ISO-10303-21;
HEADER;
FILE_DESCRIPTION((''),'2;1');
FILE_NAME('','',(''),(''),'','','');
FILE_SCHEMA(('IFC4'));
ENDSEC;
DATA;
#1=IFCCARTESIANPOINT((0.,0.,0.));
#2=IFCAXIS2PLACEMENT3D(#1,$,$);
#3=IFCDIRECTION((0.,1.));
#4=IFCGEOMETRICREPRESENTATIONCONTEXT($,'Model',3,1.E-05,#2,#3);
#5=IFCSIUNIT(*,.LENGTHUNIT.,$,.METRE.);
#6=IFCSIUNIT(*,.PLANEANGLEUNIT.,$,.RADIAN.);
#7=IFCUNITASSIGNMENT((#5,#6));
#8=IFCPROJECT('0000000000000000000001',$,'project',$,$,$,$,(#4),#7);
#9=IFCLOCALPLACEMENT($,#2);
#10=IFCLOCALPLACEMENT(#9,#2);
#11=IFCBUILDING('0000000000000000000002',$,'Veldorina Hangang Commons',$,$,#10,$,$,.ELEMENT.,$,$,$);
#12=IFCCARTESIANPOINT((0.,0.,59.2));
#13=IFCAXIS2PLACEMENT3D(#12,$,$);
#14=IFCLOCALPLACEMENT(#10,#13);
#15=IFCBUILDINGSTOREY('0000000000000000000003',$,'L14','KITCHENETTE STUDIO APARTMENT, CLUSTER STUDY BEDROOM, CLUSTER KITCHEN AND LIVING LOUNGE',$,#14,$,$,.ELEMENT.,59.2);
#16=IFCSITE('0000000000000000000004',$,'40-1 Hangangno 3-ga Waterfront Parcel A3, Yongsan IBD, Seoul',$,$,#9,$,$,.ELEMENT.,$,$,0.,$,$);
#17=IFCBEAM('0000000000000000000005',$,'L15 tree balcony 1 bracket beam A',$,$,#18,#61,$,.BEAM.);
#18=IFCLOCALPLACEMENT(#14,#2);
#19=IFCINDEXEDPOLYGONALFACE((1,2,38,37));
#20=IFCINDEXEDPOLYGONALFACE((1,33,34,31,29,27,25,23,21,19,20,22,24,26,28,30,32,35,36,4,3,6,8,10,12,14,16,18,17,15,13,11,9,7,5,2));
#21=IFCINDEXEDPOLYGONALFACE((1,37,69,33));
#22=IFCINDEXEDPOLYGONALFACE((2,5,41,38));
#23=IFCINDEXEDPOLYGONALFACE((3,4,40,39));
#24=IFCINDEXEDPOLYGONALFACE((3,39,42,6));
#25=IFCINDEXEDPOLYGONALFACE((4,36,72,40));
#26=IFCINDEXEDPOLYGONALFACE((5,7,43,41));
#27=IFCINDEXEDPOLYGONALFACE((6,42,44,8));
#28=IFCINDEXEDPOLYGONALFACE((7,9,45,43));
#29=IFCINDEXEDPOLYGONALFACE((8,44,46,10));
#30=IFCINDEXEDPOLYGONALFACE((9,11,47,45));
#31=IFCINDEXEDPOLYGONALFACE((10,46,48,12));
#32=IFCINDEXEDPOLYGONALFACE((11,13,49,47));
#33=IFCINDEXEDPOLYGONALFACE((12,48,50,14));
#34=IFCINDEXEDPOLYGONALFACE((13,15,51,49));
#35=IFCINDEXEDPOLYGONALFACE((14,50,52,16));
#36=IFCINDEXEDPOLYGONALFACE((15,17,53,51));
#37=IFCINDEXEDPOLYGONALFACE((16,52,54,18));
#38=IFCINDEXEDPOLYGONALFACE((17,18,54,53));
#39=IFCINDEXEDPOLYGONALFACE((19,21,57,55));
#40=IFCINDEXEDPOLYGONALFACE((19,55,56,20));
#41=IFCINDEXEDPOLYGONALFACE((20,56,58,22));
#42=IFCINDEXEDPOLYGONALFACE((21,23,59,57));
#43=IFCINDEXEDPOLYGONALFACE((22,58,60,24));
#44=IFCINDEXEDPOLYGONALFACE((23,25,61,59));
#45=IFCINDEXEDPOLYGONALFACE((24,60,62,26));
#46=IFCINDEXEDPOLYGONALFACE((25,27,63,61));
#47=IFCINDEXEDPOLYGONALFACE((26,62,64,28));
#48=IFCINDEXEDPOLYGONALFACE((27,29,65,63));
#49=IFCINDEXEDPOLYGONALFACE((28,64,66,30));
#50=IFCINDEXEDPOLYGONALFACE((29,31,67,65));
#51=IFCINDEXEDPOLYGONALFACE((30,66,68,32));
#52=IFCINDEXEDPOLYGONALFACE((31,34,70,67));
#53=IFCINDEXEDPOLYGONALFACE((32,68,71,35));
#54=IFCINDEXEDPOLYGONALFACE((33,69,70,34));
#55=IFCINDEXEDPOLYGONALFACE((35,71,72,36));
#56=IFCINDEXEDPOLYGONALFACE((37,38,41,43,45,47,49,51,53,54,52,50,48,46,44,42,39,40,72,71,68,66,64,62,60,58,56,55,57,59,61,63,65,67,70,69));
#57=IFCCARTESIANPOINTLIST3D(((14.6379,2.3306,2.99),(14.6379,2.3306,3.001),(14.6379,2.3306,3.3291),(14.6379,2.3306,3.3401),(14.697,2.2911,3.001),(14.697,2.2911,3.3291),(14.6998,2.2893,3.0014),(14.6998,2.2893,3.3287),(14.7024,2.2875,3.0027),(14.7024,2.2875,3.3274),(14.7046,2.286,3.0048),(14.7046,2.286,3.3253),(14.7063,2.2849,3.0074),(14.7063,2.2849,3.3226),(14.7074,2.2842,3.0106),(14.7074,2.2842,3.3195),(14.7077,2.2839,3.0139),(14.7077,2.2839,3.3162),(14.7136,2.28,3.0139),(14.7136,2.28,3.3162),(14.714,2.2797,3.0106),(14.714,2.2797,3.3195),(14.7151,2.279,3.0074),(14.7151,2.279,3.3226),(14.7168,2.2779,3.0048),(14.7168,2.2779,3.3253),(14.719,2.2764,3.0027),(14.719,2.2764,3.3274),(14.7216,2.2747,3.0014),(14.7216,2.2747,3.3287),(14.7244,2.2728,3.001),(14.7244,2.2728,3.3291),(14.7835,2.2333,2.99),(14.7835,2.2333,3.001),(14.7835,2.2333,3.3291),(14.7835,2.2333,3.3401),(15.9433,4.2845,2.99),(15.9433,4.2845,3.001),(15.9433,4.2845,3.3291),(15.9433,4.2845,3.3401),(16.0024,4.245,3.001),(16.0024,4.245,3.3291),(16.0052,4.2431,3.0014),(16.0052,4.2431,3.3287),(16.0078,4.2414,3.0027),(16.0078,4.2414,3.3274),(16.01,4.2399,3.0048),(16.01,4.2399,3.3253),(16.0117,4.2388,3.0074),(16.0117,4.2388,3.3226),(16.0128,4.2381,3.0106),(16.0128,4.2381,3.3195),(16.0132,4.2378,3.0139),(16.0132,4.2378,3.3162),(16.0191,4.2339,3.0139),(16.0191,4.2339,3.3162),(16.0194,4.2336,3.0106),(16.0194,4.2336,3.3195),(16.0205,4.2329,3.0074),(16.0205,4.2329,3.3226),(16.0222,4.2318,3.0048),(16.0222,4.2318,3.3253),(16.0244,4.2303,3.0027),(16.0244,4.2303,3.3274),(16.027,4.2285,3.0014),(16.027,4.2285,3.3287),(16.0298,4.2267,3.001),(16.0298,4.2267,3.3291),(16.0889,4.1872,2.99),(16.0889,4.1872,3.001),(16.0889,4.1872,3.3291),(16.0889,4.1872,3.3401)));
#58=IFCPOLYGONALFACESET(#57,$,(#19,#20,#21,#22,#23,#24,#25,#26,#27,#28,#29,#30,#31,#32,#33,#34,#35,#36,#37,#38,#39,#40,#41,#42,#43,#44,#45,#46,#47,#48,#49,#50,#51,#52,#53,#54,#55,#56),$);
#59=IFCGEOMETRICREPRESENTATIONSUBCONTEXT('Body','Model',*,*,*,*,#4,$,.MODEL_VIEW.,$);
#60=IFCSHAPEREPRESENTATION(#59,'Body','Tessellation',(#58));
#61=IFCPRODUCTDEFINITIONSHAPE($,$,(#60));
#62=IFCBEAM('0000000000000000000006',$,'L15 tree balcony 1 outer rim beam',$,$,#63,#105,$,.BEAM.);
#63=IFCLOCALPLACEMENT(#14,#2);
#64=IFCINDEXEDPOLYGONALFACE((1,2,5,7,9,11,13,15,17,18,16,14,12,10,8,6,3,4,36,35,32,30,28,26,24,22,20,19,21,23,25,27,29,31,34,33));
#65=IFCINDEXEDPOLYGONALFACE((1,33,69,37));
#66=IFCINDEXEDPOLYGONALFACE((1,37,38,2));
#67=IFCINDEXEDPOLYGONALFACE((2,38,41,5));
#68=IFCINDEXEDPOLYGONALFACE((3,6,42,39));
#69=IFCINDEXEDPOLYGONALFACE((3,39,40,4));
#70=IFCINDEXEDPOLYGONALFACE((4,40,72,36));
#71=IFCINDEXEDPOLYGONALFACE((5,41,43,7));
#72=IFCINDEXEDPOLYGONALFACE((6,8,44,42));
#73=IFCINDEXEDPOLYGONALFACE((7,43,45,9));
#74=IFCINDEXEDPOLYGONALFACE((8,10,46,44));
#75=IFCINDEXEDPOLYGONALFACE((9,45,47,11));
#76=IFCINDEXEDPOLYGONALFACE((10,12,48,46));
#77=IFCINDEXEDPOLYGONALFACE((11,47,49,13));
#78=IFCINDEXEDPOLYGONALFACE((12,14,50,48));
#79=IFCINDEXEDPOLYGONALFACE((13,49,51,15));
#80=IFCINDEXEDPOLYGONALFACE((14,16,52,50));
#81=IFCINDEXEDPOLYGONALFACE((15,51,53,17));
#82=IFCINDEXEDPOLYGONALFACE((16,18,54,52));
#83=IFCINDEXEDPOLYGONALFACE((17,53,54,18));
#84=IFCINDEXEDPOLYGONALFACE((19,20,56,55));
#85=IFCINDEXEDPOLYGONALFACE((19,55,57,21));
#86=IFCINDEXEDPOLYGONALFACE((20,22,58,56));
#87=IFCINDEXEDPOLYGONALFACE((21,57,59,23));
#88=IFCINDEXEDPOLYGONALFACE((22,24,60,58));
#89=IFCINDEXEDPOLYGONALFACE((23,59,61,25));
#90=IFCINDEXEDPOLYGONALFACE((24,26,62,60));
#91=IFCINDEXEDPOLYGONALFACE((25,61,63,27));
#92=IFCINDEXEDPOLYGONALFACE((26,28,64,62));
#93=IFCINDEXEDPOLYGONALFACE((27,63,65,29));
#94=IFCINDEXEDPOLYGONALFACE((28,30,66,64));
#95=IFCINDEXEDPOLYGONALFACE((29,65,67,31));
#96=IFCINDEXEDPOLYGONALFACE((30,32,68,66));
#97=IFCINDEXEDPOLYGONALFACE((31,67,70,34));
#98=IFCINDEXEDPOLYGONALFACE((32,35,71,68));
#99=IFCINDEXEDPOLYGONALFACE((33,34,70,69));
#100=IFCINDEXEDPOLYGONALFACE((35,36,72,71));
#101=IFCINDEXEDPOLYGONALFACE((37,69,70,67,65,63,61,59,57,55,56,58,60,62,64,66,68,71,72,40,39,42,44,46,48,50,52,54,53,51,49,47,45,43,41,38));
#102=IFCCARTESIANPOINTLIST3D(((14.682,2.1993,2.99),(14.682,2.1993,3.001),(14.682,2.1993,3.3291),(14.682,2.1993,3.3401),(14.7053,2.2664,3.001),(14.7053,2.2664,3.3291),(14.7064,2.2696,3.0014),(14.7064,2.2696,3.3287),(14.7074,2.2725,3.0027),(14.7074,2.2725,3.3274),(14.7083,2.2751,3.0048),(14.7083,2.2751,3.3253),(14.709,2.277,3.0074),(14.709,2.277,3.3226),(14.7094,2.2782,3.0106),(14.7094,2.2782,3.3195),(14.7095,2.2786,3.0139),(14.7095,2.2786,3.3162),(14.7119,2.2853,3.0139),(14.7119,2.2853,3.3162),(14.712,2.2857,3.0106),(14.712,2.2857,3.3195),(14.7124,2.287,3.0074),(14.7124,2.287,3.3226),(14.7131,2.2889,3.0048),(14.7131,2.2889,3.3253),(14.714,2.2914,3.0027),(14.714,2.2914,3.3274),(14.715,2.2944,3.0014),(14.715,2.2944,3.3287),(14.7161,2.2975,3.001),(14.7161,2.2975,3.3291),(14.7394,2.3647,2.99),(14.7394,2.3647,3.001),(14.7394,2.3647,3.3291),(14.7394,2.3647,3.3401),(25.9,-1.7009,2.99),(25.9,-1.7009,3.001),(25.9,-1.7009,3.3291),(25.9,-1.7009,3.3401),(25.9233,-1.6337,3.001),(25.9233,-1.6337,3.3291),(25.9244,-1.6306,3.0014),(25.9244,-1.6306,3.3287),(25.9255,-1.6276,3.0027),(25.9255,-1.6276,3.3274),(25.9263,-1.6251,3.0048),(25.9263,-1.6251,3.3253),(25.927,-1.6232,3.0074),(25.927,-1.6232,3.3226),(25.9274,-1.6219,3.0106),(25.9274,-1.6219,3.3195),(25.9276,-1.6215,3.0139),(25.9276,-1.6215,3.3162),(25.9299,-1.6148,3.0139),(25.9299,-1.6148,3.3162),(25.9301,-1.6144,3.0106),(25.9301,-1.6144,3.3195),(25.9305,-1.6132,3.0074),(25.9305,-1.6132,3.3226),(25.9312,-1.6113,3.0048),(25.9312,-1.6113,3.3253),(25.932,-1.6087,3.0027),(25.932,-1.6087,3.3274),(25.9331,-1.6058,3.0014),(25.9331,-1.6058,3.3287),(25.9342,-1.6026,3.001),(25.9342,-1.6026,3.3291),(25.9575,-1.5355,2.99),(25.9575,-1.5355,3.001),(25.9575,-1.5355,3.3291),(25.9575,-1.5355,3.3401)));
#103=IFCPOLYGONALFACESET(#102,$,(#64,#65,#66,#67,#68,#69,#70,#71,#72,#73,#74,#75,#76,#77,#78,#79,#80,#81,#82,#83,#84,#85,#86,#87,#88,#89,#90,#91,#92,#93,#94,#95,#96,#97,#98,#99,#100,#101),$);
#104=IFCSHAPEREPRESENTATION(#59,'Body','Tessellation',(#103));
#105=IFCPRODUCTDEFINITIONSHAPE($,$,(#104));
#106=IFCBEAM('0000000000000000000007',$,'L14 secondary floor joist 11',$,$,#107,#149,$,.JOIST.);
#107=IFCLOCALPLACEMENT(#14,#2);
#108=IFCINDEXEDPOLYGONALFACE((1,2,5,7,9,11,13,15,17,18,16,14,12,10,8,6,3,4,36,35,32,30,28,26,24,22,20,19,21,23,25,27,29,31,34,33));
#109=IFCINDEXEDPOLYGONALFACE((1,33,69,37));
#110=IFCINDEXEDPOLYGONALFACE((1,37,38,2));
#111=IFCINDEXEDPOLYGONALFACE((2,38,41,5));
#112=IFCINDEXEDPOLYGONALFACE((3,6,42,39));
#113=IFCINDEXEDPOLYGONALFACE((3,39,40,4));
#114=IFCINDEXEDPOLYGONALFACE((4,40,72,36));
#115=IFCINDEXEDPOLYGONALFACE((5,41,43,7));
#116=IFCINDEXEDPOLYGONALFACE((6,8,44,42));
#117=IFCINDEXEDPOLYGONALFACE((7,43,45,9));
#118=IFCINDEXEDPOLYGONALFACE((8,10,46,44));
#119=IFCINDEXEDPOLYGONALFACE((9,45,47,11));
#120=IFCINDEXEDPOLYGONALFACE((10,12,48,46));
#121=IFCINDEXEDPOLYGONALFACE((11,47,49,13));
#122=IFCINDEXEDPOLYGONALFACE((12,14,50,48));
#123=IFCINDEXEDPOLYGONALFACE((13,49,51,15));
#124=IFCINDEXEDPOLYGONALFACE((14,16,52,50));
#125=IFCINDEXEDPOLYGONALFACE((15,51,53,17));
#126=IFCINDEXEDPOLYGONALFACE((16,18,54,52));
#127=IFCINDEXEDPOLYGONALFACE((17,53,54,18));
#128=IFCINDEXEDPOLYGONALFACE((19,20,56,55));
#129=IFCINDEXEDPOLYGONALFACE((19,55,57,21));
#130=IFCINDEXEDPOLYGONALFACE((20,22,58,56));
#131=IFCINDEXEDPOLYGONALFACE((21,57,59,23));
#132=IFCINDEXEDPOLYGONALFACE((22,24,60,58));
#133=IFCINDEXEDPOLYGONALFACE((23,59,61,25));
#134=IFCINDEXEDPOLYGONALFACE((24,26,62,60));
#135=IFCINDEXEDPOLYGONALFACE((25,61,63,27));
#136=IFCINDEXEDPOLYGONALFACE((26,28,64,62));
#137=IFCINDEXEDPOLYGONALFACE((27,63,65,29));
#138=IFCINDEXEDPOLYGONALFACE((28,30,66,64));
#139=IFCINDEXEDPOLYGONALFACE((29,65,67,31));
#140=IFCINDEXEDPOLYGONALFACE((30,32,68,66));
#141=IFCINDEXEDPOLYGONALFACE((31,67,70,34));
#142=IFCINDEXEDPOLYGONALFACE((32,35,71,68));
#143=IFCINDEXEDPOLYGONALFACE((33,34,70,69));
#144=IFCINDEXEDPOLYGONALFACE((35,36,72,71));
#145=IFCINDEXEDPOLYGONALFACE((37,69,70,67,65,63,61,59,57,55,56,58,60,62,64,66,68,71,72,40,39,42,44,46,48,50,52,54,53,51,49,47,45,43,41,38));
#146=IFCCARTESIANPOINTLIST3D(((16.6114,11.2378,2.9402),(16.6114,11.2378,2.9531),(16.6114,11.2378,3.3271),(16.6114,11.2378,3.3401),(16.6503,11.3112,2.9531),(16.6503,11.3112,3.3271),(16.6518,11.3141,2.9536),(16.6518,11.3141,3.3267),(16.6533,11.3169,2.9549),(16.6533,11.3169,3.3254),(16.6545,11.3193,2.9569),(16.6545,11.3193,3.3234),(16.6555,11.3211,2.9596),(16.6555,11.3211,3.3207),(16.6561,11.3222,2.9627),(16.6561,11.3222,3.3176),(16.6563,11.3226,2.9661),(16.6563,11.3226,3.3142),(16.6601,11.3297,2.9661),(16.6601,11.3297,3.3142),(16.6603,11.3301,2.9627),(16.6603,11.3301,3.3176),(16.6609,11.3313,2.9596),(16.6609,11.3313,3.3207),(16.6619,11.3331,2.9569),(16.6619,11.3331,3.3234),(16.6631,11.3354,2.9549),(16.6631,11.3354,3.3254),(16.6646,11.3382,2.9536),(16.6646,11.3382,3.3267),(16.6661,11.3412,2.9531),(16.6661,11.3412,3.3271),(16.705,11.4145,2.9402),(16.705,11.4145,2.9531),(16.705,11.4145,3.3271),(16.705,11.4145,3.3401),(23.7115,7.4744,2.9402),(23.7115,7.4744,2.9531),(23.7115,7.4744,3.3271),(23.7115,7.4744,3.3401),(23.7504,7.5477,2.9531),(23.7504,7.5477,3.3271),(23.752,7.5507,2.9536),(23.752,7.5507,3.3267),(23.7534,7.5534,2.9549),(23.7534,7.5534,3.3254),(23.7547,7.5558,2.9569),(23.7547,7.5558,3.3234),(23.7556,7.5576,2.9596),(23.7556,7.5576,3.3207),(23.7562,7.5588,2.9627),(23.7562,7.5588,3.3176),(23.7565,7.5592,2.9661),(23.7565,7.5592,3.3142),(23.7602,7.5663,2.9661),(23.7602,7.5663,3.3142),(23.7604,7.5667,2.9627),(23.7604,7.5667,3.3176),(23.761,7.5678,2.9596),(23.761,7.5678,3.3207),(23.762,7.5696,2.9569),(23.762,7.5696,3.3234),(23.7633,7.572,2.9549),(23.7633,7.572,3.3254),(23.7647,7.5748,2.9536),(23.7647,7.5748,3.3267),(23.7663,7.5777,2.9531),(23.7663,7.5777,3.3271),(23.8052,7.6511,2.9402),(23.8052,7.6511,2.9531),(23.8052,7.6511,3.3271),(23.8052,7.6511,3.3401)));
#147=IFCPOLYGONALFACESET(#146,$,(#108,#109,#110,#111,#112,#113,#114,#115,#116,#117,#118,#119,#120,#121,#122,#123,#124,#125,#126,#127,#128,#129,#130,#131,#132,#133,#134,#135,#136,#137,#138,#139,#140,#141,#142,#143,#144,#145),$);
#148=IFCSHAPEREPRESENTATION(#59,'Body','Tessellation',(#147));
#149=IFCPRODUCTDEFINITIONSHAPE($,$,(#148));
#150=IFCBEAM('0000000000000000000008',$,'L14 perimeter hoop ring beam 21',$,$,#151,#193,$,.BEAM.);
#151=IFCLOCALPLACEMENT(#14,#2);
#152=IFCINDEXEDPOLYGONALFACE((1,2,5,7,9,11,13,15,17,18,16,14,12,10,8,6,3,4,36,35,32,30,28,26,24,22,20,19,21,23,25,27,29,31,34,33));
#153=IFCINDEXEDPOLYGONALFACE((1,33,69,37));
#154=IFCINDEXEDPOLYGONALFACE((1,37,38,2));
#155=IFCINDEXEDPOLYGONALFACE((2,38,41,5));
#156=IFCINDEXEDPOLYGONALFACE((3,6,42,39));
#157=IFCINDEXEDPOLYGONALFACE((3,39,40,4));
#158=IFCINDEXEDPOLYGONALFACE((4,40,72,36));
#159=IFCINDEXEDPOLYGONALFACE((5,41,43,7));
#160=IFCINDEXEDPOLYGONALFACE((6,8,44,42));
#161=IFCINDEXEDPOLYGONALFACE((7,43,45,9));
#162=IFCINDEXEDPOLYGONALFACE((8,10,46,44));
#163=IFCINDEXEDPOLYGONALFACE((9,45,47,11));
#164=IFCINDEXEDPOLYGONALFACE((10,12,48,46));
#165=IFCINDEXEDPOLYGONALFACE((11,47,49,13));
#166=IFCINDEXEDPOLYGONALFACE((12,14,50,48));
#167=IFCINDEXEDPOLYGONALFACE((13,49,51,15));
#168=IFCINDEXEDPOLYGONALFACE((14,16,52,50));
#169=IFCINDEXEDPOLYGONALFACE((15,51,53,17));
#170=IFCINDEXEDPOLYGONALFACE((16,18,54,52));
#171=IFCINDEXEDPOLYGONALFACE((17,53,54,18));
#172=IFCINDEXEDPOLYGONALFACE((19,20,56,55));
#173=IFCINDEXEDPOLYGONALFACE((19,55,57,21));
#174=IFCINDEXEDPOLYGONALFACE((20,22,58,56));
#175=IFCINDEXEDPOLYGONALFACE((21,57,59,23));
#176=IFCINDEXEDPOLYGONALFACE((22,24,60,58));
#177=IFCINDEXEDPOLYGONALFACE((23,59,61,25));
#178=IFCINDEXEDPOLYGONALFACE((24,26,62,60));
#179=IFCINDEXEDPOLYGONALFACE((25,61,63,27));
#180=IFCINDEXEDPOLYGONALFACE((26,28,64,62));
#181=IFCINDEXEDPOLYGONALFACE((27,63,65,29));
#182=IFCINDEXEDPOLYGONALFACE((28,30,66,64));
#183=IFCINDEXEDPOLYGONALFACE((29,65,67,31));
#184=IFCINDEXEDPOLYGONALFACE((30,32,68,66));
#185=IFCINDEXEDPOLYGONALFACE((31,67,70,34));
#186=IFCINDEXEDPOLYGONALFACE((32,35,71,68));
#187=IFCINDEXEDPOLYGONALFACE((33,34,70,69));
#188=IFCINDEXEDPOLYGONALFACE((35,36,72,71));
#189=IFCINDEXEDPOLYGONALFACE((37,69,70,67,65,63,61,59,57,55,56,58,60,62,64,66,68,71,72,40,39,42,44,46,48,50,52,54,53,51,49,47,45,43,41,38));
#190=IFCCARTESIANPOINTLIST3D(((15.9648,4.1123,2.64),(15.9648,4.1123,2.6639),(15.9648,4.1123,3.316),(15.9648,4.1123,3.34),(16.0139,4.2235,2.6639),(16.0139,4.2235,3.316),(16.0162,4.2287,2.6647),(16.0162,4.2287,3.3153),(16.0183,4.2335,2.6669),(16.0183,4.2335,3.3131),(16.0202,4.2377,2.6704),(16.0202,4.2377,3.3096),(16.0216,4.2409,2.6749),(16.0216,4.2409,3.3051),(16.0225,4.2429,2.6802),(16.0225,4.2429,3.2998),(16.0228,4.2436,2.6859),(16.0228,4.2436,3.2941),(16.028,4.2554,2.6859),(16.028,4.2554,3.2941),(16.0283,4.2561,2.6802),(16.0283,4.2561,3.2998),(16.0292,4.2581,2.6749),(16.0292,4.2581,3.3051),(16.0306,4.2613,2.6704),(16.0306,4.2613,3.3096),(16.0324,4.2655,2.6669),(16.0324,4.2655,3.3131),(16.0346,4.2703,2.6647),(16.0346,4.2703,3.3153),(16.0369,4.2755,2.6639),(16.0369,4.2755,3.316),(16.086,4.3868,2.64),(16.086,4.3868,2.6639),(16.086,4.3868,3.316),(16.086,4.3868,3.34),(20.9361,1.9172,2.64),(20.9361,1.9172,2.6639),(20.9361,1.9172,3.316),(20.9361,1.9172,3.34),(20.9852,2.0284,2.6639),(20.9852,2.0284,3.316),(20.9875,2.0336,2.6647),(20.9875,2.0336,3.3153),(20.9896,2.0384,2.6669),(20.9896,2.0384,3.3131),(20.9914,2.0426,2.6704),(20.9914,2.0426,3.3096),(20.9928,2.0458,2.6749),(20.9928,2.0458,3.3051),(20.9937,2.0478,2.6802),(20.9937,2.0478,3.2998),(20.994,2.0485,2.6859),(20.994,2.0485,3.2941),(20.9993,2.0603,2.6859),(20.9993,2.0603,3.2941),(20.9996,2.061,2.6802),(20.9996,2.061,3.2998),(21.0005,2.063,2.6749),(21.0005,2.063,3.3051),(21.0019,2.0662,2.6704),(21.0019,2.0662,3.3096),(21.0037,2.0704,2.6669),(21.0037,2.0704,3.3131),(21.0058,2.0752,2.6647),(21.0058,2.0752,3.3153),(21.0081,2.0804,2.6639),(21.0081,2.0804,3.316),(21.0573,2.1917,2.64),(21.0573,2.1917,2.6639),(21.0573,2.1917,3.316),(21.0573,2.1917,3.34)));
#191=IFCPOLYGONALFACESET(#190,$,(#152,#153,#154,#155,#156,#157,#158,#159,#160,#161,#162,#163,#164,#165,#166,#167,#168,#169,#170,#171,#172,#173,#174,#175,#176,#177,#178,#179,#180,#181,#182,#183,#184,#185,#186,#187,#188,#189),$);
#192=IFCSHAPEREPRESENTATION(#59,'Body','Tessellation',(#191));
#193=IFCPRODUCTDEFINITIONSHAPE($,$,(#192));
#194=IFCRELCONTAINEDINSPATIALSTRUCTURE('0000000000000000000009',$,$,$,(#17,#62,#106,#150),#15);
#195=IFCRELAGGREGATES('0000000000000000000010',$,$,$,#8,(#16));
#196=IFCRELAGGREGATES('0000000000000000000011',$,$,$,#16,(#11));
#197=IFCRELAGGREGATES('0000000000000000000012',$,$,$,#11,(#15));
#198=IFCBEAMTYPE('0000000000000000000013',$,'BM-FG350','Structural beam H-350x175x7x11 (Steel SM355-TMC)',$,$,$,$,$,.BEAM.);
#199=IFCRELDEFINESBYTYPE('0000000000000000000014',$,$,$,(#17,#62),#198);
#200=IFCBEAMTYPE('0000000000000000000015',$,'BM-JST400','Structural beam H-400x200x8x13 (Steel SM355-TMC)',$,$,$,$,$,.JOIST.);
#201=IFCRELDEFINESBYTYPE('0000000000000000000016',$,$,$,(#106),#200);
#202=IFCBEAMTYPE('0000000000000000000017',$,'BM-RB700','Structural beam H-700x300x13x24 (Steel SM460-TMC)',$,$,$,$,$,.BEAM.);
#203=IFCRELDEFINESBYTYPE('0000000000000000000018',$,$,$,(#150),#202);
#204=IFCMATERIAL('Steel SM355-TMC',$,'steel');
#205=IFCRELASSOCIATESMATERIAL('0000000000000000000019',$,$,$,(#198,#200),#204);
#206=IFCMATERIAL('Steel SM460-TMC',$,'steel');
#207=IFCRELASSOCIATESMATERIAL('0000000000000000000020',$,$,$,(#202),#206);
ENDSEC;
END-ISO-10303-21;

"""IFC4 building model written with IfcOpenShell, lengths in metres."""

from ifc_helpers import new_model, si_unit, direction, frame, origin, origin_2d, place, context, subcontext, project, spatial, i_section, extrude, material, material_profile, profile_set, type_object, element, save


model = new_model("IFC4")

# Units and contexts
model_context = context("Model", 3, precision=1e-05, world=origin(), true_north=direction((0.0, 1.0)))
body_context = subcontext(model_context, "Body", "Model", "MODEL_VIEW")
ifc_project = project(units=[si_unit("LENGTHUNIT", "METRE"), si_unit("PLANEANGLEUNIT", "RADIAN")], contexts=[model_context])

# Site, building, storey
site_placement = place(None, origin())
site = spatial("IfcSite", under=ifc_project, at=site_placement, Name="40-1 Hangangno 3-ga Waterfront Parcel A3, Yongsan IBD, Seoul", CompositionType="ELEMENT", RefElevation=0.0)
building_placement = place(site_placement, origin())
building = spatial("IfcBuilding", under=site, at=building_placement, Name="Veldorina Hangang Commons", CompositionType="ELEMENT")
storey_placement = place(building_placement, frame((0.0, 0.0, 59.2)))
storey = spatial("IfcBuildingStorey", under=building, at=storey_placement, Name="L14", Description="KITCHENETTE STUDIO APARTMENT, CLUSTER STUDY BEDROOM, CLUSTER KITCHEN AND LIVING LOUNGE", CompositionType="ELEMENT", Elevation=59.2)

# Beams
ifc_material_1 = material(Name="Steel SM355-TMC", Category="steel")
ifc_material_profile_1 = material_profile(ifc_material_1, i_section(OverallWidth=0.175, OverallDepth=0.3501, WebThickness=0.0071, FlangeThickness=0.011, FilletRadius=0.0129, at=origin_2d()), Name="H-350x175x7x11")
ifc_profile_set_1 = profile_set([ifc_material_profile_1], Name="Steel SM355-TMC")
beam_type_1 = type_object("IfcBeamType", Name="BM-FG350", Description="Structural beam H-350x175x7x11 (Steel SM355-TMC)", PredefinedType="BEAM", material=ifc_profile_set_1)
beam_1_placement = place(storey_placement, frame((16.0161, 4.2358, 3.165), z_axis=(-0.555539, -0.83149, 0.0), x_axis=(0.83149, -0.555539, 0.0)))
element("IfcBeam", 1, at=beam_1_placement, inside=storey, type_object=beam_type_1, Name="L15 tree balcony 1 bracket beam A", PredefinedType="BEAM", context=body_context, shape_type="SweptSolid", body=[
    extrude(i_section(OverallWidth=0.175, OverallDepth=0.3501, WebThickness=0.0071, FlangeThickness=0.011, FilletRadius=0.0129, at=origin_2d()), origin(), (0.0, 0.0, 1.0), 2.3499),
])
beam_2_placement = place(storey_placement, frame((14.7107, 2.282, 3.165), z_axis=(0.944543, -0.328387, 0.0), x_axis=(0.328387, 0.944543, 0.0)))
element("IfcBeam", 2, at=beam_2_placement, inside=storey, type_object=beam_type_1, Name="L15 tree balcony 1 outer rim beam", PredefinedType="BEAM", context=body_context, shape_type="SweptSolid", body=[
    extrude(i_section(OverallWidth=0.175, OverallDepth=0.3501, WebThickness=0.0071, FlangeThickness=0.011, FilletRadius=0.0129, at=origin_2d()), origin(), (0.0, 0.0, 1.0), 11.8767),
])
ifc_material_profile_2 = material_profile(ifc_material_1, i_section(OverallWidth=0.2, OverallDepth=0.3999, WebThickness=0.0081, FlangeThickness=0.0129, FilletRadius=0.0129, at=origin_2d()), Name="H-400x200x8x13")
ifc_profile_set_2 = profile_set([ifc_material_profile_2], Name="Steel SM355-TMC")
beam_type_2 = type_object("IfcBeamType", Name="BM-JST400", Description="Structural beam H-400x200x8x13 (Steel SM355-TMC)", PredefinedType="JOIST", material=ifc_profile_set_2)
beam_3_placement = place(storey_placement, frame((16.6582, 11.3262, 3.1401), z_axis=(0.883554, -0.46833, 0.0), x_axis=(0.46833, 0.883554, 0.0)))
element("IfcBeam", 3, at=beam_3_placement, inside=storey, type_object=beam_type_2, Name="L14 secondary floor joist 11", PredefinedType="JOIST", context=body_context, shape_type="SweptSolid", body=[
    extrude(i_section(OverallWidth=0.2, OverallDepth=0.3999, WebThickness=0.0081, FlangeThickness=0.0129, FilletRadius=0.0129, at=origin_2d()), origin(), (0.0, 0.0, 1.0), 8.0359),
])
ifc_material_2 = material(Name="Steel SM460-TMC", Category="steel")
ifc_material_profile_3 = material_profile(ifc_material_2, i_section(OverallWidth=0.3, OverallDepth=0.7, WebThickness=0.0129, FlangeThickness=0.0239, FilletRadius=0.022, at=origin_2d()), Name="H-700x300x13x24")
ifc_profile_set_3 = profile_set([ifc_material_profile_3], Name="Steel SM460-TMC")
beam_type_3 = type_object("IfcBeamType", Name="BM-RB700", Description="Structural beam H-700x300x13x24 (Steel SM460-TMC)", PredefinedType="BEAM", material=ifc_profile_set_3)
beam_4_placement = place(storey_placement, frame((16.0254, 4.2495, 2.99), z_axis=(0.914789, -0.403932, 0.0), x_axis=(0.403932, 0.914789, 0.0)))
element("IfcBeam", 4, at=beam_4_placement, inside=storey, type_object=beam_type_3, Name="L14 perimeter hoop ring beam 21", PredefinedType="BEAM", context=body_context, shape_type="SweptSolid", body=[
    extrude(i_section(OverallWidth=0.3, OverallDepth=0.7, WebThickness=0.0129, FlangeThickness=0.0239, FilletRadius=0.022, at=origin_2d()), origin(), (0.0, 0.0, 1.0), 5.4343),
])

save(model, "model.ifc")
